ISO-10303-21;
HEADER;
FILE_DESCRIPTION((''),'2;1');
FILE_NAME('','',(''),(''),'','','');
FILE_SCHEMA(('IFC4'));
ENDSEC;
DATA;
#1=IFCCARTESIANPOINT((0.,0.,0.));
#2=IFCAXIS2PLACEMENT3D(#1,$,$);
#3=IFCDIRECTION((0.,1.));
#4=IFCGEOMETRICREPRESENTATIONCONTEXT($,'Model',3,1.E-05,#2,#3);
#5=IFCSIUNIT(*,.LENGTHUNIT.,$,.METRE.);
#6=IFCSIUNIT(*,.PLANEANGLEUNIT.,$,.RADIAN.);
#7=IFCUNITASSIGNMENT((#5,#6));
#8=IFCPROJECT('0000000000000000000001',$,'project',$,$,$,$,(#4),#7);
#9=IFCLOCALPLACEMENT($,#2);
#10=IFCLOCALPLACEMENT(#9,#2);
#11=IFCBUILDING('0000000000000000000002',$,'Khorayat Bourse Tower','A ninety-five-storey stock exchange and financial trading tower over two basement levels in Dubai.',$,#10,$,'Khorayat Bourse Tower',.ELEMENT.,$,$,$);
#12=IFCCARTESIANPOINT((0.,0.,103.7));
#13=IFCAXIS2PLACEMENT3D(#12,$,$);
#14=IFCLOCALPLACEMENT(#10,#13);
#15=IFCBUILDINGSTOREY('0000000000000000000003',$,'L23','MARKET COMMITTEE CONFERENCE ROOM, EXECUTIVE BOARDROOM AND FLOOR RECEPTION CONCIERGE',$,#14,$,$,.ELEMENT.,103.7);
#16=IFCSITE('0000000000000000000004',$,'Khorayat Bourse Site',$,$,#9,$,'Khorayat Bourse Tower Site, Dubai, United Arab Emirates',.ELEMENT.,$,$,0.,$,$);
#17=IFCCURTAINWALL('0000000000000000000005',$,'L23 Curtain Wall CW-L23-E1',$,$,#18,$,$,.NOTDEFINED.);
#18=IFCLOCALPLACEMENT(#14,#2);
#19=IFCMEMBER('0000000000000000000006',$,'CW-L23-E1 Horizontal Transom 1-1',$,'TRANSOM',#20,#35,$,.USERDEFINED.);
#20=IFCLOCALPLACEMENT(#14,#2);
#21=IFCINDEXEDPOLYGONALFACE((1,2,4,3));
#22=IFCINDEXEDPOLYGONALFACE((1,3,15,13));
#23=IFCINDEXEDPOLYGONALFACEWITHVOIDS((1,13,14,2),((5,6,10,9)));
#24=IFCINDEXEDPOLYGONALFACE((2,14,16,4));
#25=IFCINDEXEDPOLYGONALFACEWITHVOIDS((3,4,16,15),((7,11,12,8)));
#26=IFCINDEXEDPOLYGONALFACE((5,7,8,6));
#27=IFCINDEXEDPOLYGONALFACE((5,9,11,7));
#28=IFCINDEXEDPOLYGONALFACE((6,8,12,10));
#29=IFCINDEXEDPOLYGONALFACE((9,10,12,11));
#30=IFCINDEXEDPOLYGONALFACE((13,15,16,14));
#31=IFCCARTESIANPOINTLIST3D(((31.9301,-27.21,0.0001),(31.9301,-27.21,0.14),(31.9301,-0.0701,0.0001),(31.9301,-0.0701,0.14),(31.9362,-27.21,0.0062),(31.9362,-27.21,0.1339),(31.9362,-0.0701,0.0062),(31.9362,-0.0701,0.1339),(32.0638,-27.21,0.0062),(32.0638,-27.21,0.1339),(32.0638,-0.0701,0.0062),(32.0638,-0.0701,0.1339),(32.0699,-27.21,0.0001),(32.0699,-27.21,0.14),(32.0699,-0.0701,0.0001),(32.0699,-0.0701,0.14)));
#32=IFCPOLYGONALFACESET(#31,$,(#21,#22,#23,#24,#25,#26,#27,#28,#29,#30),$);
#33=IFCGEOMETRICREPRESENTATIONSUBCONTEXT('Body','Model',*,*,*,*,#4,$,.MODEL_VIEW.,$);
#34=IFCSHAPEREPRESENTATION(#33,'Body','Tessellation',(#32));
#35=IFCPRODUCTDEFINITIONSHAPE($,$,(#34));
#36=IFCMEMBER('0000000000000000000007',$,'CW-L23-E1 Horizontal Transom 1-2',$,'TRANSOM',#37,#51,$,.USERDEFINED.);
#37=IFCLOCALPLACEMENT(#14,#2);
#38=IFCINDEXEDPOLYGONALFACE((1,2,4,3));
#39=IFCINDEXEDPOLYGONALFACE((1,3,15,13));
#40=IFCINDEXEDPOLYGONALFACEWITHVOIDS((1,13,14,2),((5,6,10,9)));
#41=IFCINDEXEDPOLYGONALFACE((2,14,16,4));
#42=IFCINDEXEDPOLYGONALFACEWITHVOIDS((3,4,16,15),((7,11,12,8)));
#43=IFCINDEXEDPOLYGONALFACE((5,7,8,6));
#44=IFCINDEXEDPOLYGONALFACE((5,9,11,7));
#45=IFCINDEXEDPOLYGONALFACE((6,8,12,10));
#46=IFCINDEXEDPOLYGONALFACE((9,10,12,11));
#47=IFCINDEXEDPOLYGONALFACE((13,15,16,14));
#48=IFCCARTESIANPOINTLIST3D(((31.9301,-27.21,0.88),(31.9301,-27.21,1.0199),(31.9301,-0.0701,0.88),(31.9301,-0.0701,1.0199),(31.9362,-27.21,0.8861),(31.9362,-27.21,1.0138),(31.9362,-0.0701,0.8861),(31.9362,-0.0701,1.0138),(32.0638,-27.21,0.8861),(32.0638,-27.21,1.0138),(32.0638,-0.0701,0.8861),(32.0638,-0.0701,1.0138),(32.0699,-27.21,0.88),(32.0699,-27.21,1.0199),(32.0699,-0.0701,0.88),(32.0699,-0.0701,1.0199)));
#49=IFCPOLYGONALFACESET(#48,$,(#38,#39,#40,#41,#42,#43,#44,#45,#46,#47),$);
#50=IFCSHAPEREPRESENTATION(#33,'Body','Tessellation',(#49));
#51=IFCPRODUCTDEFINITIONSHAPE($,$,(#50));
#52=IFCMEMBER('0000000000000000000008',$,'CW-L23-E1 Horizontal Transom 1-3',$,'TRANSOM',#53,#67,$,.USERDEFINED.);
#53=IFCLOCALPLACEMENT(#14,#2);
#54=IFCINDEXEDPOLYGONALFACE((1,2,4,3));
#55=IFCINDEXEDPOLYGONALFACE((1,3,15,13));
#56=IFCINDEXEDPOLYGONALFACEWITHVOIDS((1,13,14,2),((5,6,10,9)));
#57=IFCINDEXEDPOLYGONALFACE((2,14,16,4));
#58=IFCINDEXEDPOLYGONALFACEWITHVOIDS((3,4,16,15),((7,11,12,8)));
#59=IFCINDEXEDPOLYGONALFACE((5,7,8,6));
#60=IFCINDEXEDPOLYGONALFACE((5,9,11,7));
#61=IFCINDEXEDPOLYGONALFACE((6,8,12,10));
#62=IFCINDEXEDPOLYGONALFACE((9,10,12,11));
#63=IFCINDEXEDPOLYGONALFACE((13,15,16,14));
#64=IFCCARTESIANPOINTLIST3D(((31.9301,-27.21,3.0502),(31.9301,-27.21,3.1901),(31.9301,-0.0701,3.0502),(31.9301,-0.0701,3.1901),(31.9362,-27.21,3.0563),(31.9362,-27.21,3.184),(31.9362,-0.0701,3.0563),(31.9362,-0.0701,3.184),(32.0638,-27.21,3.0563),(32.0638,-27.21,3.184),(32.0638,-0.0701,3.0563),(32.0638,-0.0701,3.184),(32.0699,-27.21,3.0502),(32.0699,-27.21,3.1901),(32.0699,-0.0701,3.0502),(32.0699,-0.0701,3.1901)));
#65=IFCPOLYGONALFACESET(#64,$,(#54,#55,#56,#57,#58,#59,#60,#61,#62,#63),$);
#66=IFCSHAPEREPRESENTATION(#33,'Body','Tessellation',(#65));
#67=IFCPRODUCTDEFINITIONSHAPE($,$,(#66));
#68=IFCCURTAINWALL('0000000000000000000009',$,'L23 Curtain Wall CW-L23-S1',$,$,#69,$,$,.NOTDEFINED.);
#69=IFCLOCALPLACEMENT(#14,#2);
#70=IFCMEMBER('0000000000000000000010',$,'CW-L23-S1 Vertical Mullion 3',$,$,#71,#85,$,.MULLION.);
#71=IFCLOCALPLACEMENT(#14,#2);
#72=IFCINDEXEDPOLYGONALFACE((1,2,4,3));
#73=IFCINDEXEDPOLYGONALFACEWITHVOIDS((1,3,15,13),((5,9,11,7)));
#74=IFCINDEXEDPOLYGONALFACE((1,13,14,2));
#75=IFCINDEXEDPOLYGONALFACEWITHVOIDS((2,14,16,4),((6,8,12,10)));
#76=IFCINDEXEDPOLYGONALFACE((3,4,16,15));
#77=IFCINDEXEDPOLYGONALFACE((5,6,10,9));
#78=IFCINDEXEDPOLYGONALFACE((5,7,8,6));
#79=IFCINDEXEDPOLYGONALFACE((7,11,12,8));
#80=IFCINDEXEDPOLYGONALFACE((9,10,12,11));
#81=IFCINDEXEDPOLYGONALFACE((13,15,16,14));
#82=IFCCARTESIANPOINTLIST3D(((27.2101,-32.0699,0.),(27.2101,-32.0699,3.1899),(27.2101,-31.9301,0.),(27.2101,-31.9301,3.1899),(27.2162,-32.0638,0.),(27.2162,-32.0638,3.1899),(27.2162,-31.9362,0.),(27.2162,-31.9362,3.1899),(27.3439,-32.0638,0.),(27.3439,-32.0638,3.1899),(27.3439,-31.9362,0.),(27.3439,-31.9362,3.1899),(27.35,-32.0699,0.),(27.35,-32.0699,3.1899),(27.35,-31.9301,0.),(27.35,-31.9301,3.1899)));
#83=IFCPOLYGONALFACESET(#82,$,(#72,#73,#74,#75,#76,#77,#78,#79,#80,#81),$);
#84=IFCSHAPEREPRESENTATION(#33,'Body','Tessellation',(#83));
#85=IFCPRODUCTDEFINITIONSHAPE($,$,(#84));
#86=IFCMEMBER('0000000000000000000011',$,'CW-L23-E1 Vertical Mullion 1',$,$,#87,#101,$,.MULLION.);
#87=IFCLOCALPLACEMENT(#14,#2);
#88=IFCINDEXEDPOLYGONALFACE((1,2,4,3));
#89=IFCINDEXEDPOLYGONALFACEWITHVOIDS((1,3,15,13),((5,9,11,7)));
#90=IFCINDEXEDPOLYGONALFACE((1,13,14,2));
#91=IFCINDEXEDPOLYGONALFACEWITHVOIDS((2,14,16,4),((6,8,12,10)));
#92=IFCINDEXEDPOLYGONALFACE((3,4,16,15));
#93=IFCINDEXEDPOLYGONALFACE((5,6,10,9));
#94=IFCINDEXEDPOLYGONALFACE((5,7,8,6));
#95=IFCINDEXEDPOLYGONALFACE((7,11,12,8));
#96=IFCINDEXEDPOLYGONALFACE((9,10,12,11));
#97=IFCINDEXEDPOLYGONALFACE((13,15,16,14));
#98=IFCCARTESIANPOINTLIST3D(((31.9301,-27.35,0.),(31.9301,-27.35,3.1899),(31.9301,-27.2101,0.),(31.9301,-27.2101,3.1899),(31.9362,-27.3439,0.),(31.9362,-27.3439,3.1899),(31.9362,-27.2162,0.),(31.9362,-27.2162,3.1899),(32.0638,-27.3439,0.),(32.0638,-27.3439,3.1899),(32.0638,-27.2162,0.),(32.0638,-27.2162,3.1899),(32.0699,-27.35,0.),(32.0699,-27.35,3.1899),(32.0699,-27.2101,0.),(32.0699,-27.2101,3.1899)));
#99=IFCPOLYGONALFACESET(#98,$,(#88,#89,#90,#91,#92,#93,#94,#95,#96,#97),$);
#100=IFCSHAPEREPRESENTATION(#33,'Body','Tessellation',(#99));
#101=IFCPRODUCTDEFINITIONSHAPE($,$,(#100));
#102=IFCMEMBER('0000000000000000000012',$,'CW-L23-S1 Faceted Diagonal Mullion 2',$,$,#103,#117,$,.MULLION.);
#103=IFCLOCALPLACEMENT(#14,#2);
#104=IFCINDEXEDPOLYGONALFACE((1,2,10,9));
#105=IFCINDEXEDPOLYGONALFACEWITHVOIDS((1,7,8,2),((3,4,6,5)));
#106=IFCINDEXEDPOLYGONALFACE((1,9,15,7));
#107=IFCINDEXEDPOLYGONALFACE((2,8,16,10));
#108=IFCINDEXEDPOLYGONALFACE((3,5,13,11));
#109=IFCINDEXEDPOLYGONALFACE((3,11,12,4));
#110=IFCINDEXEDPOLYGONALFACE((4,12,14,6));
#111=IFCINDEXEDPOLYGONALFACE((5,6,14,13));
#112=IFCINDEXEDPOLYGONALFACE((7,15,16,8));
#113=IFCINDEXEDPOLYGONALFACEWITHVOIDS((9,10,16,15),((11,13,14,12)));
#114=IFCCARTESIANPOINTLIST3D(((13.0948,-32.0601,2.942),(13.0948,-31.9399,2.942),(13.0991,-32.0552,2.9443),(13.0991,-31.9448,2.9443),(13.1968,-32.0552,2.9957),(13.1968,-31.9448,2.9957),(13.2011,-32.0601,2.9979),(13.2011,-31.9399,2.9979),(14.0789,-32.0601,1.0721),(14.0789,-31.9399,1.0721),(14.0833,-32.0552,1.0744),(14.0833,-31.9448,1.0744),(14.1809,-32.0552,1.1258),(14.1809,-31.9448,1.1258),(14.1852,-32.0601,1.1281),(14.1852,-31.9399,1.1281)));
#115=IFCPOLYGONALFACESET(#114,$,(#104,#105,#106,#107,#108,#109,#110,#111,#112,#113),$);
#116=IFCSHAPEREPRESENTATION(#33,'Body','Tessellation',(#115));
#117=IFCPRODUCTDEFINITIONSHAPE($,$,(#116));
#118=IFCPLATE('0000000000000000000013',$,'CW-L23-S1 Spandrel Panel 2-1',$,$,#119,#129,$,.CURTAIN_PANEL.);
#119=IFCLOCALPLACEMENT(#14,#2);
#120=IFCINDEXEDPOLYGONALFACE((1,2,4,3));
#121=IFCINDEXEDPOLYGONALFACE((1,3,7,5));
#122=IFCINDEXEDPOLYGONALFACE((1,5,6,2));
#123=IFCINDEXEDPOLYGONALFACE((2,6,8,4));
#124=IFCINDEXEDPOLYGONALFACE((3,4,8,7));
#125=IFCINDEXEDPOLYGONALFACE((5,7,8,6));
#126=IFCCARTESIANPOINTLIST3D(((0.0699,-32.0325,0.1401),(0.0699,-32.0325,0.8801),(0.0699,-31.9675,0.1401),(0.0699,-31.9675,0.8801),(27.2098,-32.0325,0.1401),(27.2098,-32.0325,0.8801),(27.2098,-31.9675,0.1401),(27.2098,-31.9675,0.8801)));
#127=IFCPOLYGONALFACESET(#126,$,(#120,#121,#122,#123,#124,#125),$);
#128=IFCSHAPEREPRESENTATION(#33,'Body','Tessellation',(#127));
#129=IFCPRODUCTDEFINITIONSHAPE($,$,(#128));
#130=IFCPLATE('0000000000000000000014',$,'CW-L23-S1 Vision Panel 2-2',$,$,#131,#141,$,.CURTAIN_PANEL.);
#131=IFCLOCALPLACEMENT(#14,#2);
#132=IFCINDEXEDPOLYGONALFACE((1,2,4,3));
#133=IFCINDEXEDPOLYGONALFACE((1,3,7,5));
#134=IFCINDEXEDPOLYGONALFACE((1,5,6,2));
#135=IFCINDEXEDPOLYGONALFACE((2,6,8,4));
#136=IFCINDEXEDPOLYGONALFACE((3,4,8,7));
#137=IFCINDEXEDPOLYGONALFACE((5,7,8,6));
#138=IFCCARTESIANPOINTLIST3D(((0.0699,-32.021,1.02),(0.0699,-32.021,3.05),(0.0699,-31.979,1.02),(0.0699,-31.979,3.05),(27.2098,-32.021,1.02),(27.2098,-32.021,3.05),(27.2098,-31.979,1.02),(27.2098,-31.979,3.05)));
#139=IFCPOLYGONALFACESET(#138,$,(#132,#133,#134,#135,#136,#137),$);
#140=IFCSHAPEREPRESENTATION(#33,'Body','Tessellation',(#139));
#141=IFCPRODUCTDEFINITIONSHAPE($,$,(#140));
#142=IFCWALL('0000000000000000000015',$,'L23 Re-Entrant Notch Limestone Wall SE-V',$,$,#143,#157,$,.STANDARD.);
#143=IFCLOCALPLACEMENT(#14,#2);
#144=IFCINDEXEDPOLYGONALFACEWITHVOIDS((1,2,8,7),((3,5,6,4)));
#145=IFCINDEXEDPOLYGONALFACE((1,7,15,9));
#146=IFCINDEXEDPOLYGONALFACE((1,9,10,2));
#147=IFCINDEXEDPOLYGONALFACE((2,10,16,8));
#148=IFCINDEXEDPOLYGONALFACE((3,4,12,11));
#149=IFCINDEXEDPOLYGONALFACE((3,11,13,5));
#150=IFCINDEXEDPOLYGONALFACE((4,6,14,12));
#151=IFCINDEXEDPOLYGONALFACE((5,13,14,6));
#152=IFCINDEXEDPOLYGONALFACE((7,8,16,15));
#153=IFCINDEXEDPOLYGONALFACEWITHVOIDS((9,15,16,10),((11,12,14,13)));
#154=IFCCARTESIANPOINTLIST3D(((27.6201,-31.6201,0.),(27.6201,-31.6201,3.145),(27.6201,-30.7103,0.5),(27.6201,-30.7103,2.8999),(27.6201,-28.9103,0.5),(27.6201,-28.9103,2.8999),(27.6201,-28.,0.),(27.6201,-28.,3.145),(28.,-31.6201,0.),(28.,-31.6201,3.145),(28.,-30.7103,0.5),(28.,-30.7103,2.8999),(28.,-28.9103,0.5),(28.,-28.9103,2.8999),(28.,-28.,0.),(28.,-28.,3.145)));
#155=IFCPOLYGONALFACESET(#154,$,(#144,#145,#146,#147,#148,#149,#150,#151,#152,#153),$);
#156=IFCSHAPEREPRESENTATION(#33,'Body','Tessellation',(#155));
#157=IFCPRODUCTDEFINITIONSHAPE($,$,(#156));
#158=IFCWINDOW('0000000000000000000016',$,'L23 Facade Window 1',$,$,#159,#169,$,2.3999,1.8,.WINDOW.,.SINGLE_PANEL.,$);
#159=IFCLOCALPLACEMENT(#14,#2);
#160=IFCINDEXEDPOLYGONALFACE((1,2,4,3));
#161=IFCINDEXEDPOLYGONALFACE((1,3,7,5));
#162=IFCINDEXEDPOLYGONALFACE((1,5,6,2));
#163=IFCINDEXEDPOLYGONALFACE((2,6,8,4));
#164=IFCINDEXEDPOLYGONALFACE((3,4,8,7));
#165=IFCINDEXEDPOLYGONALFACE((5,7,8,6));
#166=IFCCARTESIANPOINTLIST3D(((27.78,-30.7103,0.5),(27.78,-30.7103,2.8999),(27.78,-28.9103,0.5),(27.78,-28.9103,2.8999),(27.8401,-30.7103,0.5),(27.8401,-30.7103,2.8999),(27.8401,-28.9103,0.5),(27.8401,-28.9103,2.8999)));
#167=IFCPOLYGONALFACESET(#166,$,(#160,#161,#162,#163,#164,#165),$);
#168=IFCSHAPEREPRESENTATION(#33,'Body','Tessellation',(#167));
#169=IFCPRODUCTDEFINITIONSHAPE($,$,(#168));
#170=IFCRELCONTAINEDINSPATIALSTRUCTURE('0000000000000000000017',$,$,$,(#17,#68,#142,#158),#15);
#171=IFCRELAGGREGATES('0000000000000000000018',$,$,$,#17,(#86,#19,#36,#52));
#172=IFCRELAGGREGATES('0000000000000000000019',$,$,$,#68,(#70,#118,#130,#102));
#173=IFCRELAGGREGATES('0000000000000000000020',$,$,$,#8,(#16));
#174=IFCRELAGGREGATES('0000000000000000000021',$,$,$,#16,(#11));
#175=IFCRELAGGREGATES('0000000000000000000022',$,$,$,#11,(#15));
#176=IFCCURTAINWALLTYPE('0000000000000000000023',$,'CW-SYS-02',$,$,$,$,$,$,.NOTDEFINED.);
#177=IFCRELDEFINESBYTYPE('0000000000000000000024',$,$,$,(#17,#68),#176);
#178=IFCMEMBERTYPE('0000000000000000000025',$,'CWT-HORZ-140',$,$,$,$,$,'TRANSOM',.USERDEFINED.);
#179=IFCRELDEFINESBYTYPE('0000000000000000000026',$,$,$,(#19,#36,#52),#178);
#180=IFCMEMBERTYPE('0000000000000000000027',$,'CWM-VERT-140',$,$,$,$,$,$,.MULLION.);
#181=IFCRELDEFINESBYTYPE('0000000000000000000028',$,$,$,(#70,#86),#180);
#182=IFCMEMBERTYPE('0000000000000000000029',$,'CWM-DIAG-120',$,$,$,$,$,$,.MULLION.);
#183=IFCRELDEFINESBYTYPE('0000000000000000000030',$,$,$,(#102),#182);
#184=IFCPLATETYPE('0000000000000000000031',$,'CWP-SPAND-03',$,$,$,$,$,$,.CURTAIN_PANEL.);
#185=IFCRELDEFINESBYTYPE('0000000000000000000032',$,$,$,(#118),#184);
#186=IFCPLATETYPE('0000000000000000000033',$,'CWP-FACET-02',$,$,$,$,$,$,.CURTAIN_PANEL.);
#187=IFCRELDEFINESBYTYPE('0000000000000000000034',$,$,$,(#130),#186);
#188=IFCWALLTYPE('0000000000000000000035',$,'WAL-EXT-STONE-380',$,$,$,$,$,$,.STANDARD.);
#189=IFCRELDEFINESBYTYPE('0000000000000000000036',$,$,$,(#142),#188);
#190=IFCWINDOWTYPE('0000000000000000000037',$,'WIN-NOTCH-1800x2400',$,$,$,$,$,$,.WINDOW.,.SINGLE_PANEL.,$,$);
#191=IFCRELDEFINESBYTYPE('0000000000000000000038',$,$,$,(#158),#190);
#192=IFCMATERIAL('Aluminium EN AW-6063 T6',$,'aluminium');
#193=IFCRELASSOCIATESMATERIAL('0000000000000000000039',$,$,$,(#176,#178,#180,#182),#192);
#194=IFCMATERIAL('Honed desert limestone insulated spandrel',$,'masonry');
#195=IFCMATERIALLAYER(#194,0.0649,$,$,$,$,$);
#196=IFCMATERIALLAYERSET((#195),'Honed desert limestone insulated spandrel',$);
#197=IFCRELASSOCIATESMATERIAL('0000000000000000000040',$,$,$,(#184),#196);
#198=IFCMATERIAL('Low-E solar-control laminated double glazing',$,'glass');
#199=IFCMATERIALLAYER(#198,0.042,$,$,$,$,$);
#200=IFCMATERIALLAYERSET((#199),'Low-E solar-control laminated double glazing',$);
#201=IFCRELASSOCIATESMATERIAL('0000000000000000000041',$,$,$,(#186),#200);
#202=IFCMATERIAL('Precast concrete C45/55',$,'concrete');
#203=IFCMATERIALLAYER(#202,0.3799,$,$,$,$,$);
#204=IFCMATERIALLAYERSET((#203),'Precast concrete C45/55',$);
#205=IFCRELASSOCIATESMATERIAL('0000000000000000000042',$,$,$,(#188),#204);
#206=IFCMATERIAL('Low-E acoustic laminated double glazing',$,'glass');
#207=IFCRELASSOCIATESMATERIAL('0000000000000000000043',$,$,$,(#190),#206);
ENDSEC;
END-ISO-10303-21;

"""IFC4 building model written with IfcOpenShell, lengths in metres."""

from ifc_helpers import new_model, si_unit, direction, frame, frame_2d, origin, origin_2d, place, context, subcontext, project, spatial, rectangle, hollow_rectangle, extrude, source, transform, mapped, material, layer, layer_set, material_profile, profile_set, type_object, element, fill, aggregate, save


model = new_model("IFC4")

# Units and contexts
model_context = context("Model", 3, precision=1e-05, world=origin(), true_north=direction((0.0, 1.0)))
body_context = subcontext(model_context, "Body", "Model", "MODEL_VIEW")
ifc_project = project(units=[si_unit("LENGTHUNIT", "METRE"), si_unit("PLANEANGLEUNIT", "RADIAN")], contexts=[model_context])

# Site, building, storey
site_placement = place(None, origin())
site = spatial("IfcSite", under=ifc_project, at=site_placement, Name="Khorayat Bourse Site", LongName="Khorayat Bourse Tower Site, Dubai, United Arab Emirates", CompositionType="ELEMENT", RefElevation=0.0)
building_placement = place(site_placement, origin())
building = spatial("IfcBuilding", under=site, at=building_placement, Name="Khorayat Bourse Tower", Description="A ninety-five-storey stock exchange and financial trading tower over two basement levels in Dubai.", LongName="Khorayat Bourse Tower", CompositionType="ELEMENT")
storey_placement = place(building_placement, frame((0.0, 0.0, 103.7)))
storey = spatial("IfcBuildingStorey", under=building, at=storey_placement, Name="L23", Description="MARKET COMMITTEE CONFERENCE ROOM, EXECUTIVE BOARDROOM AND FLOOR RECEPTION CONCIERGE", CompositionType="ELEMENT", Elevation=103.7)

# Curtain wall, members
ifc_material_1 = material(Name="Aluminium EN AW-6063 T6", Category="aluminium")
curtain_wall_type = type_object("IfcCurtainWallType", Name="CW-SYS-02", PredefinedType="NOTDEFINED", material=ifc_material_1)
curtain_wall_1_placement = place(storey_placement, origin())
curtain_wall_1 = element("IfcCurtainWall", 1, at=curtain_wall_1_placement, inside=storey, type_object=curtain_wall_type, Name="L23 Curtain Wall CW-L23-E1", PredefinedType="NOTDEFINED")
ifc_material_profile_1 = material_profile(ifc_material_1, hollow_rectangle(XDim=0.1399, YDim=0.1399, WallThickness=0.0061, at=origin_2d()), Name="ALU 140x140x6")
ifc_profile_set_1 = profile_set([ifc_material_profile_1], Name="Aluminium EN AW-6063 T6")
member_type_1 = type_object("IfcMemberType", Name="CWT-HORZ-140", ElementType="TRANSOM", PredefinedType="USERDEFINED", material=ifc_profile_set_1)
shared_shape_1 = source(origin(), body_context, "Body", "SweptSolid", [
    extrude(hollow_rectangle(XDim=0.1399, YDim=0.1399, WallThickness=0.0061, at=origin_2d()), origin(), (0.0, 0.0, 1.0), 27.1399),
])
member_1_placement = place(storey_placement, frame((32.0, -27.21, 0.0701), z_axis=(0.0, 1.0, 0.0), x_axis=(-1.0, 0.0, 0.0)))
member_1 = element("IfcMember", 2, at=member_1_placement, type_object=member_type_1, Name="CW-L23-E1 Horizontal Transom 1-1", ObjectType="TRANSOM", PredefinedType="USERDEFINED", context=body_context, shape_type="MappedRepresentation", body=[
    mapped(shared_shape_1, transform((0.0, 0.0, 0.0), scale=1.0)),
])
member_2_placement = place(storey_placement, frame((32.0, -27.21, 0.95), z_axis=(0.0, 1.0, 0.0), x_axis=(-1.0, 0.0, 0.0)))
member_2 = element("IfcMember", 3, at=member_2_placement, type_object=member_type_1, Name="CW-L23-E1 Horizontal Transom 1-2", ObjectType="TRANSOM", PredefinedType="USERDEFINED", context=body_context, shape_type="MappedRepresentation", body=[
    mapped(shared_shape_1, transform((0.0, 0.0, 0.0), scale=1.0)),
])
member_3_placement = place(storey_placement, frame((32.0, -27.21, 3.1201), z_axis=(0.0, 1.0, 0.0), x_axis=(-1.0, 0.0, 0.0)))
member_3 = element("IfcMember", 4, at=member_3_placement, type_object=member_type_1, Name="CW-L23-E1 Horizontal Transom 1-3", ObjectType="TRANSOM", PredefinedType="USERDEFINED", context=body_context, shape_type="MappedRepresentation", body=[
    mapped(shared_shape_1, transform((0.0, 0.0, 0.0), scale=1.0)),
])

# Curtain wall, member
curtain_wall_2_placement = place(storey_placement, origin())
curtain_wall_2 = element("IfcCurtainWall", 5, at=curtain_wall_2_placement, inside=storey, type_object=curtain_wall_type, Name="L23 Curtain Wall CW-L23-S1", PredefinedType="NOTDEFINED")
ifc_material_profile_2 = material_profile(ifc_material_1, hollow_rectangle(XDim=0.1399, YDim=0.1399, WallThickness=0.0061, at=origin_2d()), Name="ALU 140x140x6")
ifc_profile_set_2 = profile_set([ifc_material_profile_2], Name="Aluminium EN AW-6063 T6")
member_type_2 = type_object("IfcMemberType", Name="CWM-VERT-140", PredefinedType="MULLION", material=ifc_profile_set_2)
shared_shape_2 = source(origin(), body_context, "Body", "SweptSolid", [
    extrude(hollow_rectangle(XDim=0.1399, YDim=0.1399, WallThickness=0.0061, at=origin_2d()), origin(), (0.0, 0.0, 1.0), 3.1899),
])
member_4_placement = place(storey_placement, frame((27.28, -32.0, 0.0), z_axis=(0.0, 0.0, 1.0), x_axis=(0.0, 1.0, 0.0)))
member_4 = element("IfcMember", 6, at=member_4_placement, type_object=member_type_2, Name="CW-L23-S1 Vertical Mullion 3", PredefinedType="MULLION", context=body_context, shape_type="MappedRepresentation", body=[
    mapped(shared_shape_2, transform((0.0, 0.0, 0.0), scale=1.0)),
])

# Members
member_5_placement = place(storey_placement, frame((32.0, -27.28, 0.0), z_axis=(0.0, 0.0, 1.0), x_axis=(-1.0, 0.0, 0.0)))
member_5 = element("IfcMember", 7, at=member_5_placement, type_object=member_type_2, Name="CW-L23-E1 Vertical Mullion 1", PredefinedType="MULLION", context=body_context, shape_type="MappedRepresentation", body=[
    mapped(shared_shape_2, transform((0.0, 0.0, 0.0), scale=1.0)),
])
aggregate(curtain_wall_1, [member_5, member_1, member_2, member_3])
ifc_material_profile_3 = material_profile(ifc_material_1, hollow_rectangle(XDim=0.1201, YDim=0.1201, WallThickness=0.0049, at=origin_2d()), Name="ALU 120x120x5")
ifc_profile_set_3 = profile_set([ifc_material_profile_3], Name="Aluminium EN AW-6063 T6")
member_type_3 = type_object("IfcMemberType", Name="CWM-DIAG-120", PredefinedType="MULLION", material=ifc_profile_set_3)
shared_shape_3 = source(origin(), body_context, "Body", "SweptSolid", [
    extrude(hollow_rectangle(XDim=0.1201, YDim=0.1201, WallThickness=0.0049, at=origin_2d()), origin(), (0.0, 0.0, 1.0), 2.113),
])
member_6_placement = place(storey_placement, frame((14.1321, -32.0, 1.1001), z_axis=(-0.465742, 0.0, 0.884921), x_axis=(0.0, -1.0, 0.0)))
member_6 = element("IfcMember", 8, at=member_6_placement, type_object=member_type_3, Name="CW-L23-S1 Faceted Diagonal Mullion 2", PredefinedType="MULLION", context=body_context, shape_type="MappedRepresentation", body=[
    mapped(shared_shape_3, transform((0.0, 0.0, 0.0), scale=1.0)),
])

# Plates
ifc_material_2 = material(Name="Honed desert limestone insulated spandrel", Category="masonry")
ifc_layer_1 = layer(ifc_material_2, 0.0649)
ifc_layer_set_1 = layer_set([ifc_layer_1], Name="Honed desert limestone insulated spandrel")
plate_type_1 = type_object("IfcPlateType", Name="CWP-SPAND-03", PredefinedType="CURTAIN_PANEL", material=ifc_layer_set_1)
shared_shape_4 = source(origin(), body_context, "Body", "SweptSolid", [
    extrude(rectangle(XDim=27.1399, YDim=0.0649, at=origin_2d()), origin(), (0.0, 0.0, 1.0), 0.74),
])
plate_1_placement = place(storey_placement, frame((13.6399, -32.0, 0.1401), z_axis=(0.0, 0.0, 1.0), x_axis=(1.0, 0.0, 0.0)))
plate_1 = element("IfcPlate", 9, at=plate_1_placement, type_object=plate_type_1, Name="CW-L23-S1 Spandrel Panel 2-1", PredefinedType="CURTAIN_PANEL", context=body_context, shape_type="MappedRepresentation", body=[
    mapped(shared_shape_4, transform((0.0, 0.0, 0.0), scale=1.0)),
])
ifc_material_3 = material(Name="Low-E solar-control laminated double glazing", Category="glass")
ifc_layer_2 = layer(ifc_material_3, 0.042)
ifc_layer_set_2 = layer_set([ifc_layer_2], Name="Low-E solar-control laminated double glazing")
plate_type_2 = type_object("IfcPlateType", Name="CWP-FACET-02", PredefinedType="CURTAIN_PANEL", material=ifc_layer_set_2)
shared_shape_5 = source(origin(), body_context, "Body", "SweptSolid", [
    extrude(rectangle(XDim=27.1399, YDim=0.042, at=origin_2d()), origin(), (0.0, 0.0, 1.0), 2.03),
])
plate_2_placement = place(storey_placement, frame((13.6399, -32.0, 1.02), z_axis=(0.0, 0.0, 1.0), x_axis=(1.0, 0.0, 0.0)))
plate_2 = element("IfcPlate", 10, at=plate_2_placement, type_object=plate_type_2, Name="CW-L23-S1 Vision Panel 2-2", PredefinedType="CURTAIN_PANEL", context=body_context, shape_type="MappedRepresentation", body=[
    mapped(shared_shape_5, transform((0.0, 0.0, 0.0), scale=1.0)),
])
aggregate(curtain_wall_2, [member_4, plate_1, plate_2, member_6])

# Wall, opening, window
ifc_material_4 = material(Name="Precast concrete C45/55", Category="concrete")
ifc_layer_3 = layer(ifc_material_4, 0.3799)
ifc_layer_set_3 = layer_set([ifc_layer_3], Name="Precast concrete C45/55")
wall_type_1 = type_object("IfcWallType", Name="WAL-EXT-STONE-380", PredefinedType="STANDARD", material=ifc_layer_set_3)
shared_shape_6 = source(origin(), body_context, "Body", "SweptSolid", [
    extrude(rectangle(XDim=3.6201, YDim=0.3799, at=frame_2d((1.8101, 0.0))), origin(), (0.0, 0.0, 1.0), 3.145),
])
wall_1_placement = place(storey_placement, frame((27.8101, -31.6201, 0.0), z_axis=(0.0, 0.0, 1.0), x_axis=(0.0, 1.0, 0.0)))
wall_1 = element("IfcWall", 11, at=wall_1_placement, inside=storey, type_object=wall_type_1, Name="L23 Re-Entrant Notch Limestone Wall SE-V", PredefinedType="STANDARD", context=body_context, shape_type="MappedRepresentation", body=[
    mapped(shared_shape_6, transform((0.0, 0.0, 0.0), scale=1.0)),
])
shared_shape_7 = source(origin(), body_context, "Body", "SweptSolid", [
    extrude(rectangle(XDim=1.8, YDim=2.3999, at=frame_2d((0.8999, 1.2))), frame((0.0, 0.2, 0.0), z_axis=(0.0, -1.0, 0.0), x_axis=(1.0, 0.0, 0.0)), (0.0, 0.0, 1.0), 0.3999),
])
opening_1_placement = place(wall_1_placement, frame((0.9099, 0.0, 0.5)))
opening_1 = element("IfcOpeningElement", 12, at=opening_1_placement, cuts=wall_1, PredefinedType="OPENING", context=body_context, shape_type="MappedRepresentation", body=[
    mapped(shared_shape_7, transform((0.0, 0.0, 0.0), scale=1.0)),
])
ifc_material_5 = material(Name="Low-E acoustic laminated double glazing", Category="glass")
window_type = type_object("IfcWindowType", Name="WIN-NOTCH-1800x2400", PartitioningType="SINGLE_PANEL", PredefinedType="WINDOW", material=ifc_material_5)
shared_shape_8 = source(origin(), body_context, "Body", "SweptSolid", [
    extrude(rectangle(XDim=1.8, YDim=2.3999, at=frame_2d((0.8999, 1.2))), frame((0.0, 0.03, 0.0), z_axis=(0.0, -1.0, 0.0), x_axis=(1.0, 0.0, 0.0)), (0.0, 0.0, 1.0), 0.0601),
])
window_1_placement = place(opening_1_placement, origin())
window_1 = element("IfcWindow", 13, at=window_1_placement, inside=storey, type_object=window_type, Name="L23 Facade Window 1", OverallHeight=2.3999, OverallWidth=1.8, PartitioningType="SINGLE_PANEL", PredefinedType="WINDOW", context=body_context, shape_type="MappedRepresentation", body=[
    mapped(shared_shape_8, transform((0.0, 0.0, 0.0), scale=1.0)),
])
fill(opening_1, window_1)

save(model, "model.ifc")
